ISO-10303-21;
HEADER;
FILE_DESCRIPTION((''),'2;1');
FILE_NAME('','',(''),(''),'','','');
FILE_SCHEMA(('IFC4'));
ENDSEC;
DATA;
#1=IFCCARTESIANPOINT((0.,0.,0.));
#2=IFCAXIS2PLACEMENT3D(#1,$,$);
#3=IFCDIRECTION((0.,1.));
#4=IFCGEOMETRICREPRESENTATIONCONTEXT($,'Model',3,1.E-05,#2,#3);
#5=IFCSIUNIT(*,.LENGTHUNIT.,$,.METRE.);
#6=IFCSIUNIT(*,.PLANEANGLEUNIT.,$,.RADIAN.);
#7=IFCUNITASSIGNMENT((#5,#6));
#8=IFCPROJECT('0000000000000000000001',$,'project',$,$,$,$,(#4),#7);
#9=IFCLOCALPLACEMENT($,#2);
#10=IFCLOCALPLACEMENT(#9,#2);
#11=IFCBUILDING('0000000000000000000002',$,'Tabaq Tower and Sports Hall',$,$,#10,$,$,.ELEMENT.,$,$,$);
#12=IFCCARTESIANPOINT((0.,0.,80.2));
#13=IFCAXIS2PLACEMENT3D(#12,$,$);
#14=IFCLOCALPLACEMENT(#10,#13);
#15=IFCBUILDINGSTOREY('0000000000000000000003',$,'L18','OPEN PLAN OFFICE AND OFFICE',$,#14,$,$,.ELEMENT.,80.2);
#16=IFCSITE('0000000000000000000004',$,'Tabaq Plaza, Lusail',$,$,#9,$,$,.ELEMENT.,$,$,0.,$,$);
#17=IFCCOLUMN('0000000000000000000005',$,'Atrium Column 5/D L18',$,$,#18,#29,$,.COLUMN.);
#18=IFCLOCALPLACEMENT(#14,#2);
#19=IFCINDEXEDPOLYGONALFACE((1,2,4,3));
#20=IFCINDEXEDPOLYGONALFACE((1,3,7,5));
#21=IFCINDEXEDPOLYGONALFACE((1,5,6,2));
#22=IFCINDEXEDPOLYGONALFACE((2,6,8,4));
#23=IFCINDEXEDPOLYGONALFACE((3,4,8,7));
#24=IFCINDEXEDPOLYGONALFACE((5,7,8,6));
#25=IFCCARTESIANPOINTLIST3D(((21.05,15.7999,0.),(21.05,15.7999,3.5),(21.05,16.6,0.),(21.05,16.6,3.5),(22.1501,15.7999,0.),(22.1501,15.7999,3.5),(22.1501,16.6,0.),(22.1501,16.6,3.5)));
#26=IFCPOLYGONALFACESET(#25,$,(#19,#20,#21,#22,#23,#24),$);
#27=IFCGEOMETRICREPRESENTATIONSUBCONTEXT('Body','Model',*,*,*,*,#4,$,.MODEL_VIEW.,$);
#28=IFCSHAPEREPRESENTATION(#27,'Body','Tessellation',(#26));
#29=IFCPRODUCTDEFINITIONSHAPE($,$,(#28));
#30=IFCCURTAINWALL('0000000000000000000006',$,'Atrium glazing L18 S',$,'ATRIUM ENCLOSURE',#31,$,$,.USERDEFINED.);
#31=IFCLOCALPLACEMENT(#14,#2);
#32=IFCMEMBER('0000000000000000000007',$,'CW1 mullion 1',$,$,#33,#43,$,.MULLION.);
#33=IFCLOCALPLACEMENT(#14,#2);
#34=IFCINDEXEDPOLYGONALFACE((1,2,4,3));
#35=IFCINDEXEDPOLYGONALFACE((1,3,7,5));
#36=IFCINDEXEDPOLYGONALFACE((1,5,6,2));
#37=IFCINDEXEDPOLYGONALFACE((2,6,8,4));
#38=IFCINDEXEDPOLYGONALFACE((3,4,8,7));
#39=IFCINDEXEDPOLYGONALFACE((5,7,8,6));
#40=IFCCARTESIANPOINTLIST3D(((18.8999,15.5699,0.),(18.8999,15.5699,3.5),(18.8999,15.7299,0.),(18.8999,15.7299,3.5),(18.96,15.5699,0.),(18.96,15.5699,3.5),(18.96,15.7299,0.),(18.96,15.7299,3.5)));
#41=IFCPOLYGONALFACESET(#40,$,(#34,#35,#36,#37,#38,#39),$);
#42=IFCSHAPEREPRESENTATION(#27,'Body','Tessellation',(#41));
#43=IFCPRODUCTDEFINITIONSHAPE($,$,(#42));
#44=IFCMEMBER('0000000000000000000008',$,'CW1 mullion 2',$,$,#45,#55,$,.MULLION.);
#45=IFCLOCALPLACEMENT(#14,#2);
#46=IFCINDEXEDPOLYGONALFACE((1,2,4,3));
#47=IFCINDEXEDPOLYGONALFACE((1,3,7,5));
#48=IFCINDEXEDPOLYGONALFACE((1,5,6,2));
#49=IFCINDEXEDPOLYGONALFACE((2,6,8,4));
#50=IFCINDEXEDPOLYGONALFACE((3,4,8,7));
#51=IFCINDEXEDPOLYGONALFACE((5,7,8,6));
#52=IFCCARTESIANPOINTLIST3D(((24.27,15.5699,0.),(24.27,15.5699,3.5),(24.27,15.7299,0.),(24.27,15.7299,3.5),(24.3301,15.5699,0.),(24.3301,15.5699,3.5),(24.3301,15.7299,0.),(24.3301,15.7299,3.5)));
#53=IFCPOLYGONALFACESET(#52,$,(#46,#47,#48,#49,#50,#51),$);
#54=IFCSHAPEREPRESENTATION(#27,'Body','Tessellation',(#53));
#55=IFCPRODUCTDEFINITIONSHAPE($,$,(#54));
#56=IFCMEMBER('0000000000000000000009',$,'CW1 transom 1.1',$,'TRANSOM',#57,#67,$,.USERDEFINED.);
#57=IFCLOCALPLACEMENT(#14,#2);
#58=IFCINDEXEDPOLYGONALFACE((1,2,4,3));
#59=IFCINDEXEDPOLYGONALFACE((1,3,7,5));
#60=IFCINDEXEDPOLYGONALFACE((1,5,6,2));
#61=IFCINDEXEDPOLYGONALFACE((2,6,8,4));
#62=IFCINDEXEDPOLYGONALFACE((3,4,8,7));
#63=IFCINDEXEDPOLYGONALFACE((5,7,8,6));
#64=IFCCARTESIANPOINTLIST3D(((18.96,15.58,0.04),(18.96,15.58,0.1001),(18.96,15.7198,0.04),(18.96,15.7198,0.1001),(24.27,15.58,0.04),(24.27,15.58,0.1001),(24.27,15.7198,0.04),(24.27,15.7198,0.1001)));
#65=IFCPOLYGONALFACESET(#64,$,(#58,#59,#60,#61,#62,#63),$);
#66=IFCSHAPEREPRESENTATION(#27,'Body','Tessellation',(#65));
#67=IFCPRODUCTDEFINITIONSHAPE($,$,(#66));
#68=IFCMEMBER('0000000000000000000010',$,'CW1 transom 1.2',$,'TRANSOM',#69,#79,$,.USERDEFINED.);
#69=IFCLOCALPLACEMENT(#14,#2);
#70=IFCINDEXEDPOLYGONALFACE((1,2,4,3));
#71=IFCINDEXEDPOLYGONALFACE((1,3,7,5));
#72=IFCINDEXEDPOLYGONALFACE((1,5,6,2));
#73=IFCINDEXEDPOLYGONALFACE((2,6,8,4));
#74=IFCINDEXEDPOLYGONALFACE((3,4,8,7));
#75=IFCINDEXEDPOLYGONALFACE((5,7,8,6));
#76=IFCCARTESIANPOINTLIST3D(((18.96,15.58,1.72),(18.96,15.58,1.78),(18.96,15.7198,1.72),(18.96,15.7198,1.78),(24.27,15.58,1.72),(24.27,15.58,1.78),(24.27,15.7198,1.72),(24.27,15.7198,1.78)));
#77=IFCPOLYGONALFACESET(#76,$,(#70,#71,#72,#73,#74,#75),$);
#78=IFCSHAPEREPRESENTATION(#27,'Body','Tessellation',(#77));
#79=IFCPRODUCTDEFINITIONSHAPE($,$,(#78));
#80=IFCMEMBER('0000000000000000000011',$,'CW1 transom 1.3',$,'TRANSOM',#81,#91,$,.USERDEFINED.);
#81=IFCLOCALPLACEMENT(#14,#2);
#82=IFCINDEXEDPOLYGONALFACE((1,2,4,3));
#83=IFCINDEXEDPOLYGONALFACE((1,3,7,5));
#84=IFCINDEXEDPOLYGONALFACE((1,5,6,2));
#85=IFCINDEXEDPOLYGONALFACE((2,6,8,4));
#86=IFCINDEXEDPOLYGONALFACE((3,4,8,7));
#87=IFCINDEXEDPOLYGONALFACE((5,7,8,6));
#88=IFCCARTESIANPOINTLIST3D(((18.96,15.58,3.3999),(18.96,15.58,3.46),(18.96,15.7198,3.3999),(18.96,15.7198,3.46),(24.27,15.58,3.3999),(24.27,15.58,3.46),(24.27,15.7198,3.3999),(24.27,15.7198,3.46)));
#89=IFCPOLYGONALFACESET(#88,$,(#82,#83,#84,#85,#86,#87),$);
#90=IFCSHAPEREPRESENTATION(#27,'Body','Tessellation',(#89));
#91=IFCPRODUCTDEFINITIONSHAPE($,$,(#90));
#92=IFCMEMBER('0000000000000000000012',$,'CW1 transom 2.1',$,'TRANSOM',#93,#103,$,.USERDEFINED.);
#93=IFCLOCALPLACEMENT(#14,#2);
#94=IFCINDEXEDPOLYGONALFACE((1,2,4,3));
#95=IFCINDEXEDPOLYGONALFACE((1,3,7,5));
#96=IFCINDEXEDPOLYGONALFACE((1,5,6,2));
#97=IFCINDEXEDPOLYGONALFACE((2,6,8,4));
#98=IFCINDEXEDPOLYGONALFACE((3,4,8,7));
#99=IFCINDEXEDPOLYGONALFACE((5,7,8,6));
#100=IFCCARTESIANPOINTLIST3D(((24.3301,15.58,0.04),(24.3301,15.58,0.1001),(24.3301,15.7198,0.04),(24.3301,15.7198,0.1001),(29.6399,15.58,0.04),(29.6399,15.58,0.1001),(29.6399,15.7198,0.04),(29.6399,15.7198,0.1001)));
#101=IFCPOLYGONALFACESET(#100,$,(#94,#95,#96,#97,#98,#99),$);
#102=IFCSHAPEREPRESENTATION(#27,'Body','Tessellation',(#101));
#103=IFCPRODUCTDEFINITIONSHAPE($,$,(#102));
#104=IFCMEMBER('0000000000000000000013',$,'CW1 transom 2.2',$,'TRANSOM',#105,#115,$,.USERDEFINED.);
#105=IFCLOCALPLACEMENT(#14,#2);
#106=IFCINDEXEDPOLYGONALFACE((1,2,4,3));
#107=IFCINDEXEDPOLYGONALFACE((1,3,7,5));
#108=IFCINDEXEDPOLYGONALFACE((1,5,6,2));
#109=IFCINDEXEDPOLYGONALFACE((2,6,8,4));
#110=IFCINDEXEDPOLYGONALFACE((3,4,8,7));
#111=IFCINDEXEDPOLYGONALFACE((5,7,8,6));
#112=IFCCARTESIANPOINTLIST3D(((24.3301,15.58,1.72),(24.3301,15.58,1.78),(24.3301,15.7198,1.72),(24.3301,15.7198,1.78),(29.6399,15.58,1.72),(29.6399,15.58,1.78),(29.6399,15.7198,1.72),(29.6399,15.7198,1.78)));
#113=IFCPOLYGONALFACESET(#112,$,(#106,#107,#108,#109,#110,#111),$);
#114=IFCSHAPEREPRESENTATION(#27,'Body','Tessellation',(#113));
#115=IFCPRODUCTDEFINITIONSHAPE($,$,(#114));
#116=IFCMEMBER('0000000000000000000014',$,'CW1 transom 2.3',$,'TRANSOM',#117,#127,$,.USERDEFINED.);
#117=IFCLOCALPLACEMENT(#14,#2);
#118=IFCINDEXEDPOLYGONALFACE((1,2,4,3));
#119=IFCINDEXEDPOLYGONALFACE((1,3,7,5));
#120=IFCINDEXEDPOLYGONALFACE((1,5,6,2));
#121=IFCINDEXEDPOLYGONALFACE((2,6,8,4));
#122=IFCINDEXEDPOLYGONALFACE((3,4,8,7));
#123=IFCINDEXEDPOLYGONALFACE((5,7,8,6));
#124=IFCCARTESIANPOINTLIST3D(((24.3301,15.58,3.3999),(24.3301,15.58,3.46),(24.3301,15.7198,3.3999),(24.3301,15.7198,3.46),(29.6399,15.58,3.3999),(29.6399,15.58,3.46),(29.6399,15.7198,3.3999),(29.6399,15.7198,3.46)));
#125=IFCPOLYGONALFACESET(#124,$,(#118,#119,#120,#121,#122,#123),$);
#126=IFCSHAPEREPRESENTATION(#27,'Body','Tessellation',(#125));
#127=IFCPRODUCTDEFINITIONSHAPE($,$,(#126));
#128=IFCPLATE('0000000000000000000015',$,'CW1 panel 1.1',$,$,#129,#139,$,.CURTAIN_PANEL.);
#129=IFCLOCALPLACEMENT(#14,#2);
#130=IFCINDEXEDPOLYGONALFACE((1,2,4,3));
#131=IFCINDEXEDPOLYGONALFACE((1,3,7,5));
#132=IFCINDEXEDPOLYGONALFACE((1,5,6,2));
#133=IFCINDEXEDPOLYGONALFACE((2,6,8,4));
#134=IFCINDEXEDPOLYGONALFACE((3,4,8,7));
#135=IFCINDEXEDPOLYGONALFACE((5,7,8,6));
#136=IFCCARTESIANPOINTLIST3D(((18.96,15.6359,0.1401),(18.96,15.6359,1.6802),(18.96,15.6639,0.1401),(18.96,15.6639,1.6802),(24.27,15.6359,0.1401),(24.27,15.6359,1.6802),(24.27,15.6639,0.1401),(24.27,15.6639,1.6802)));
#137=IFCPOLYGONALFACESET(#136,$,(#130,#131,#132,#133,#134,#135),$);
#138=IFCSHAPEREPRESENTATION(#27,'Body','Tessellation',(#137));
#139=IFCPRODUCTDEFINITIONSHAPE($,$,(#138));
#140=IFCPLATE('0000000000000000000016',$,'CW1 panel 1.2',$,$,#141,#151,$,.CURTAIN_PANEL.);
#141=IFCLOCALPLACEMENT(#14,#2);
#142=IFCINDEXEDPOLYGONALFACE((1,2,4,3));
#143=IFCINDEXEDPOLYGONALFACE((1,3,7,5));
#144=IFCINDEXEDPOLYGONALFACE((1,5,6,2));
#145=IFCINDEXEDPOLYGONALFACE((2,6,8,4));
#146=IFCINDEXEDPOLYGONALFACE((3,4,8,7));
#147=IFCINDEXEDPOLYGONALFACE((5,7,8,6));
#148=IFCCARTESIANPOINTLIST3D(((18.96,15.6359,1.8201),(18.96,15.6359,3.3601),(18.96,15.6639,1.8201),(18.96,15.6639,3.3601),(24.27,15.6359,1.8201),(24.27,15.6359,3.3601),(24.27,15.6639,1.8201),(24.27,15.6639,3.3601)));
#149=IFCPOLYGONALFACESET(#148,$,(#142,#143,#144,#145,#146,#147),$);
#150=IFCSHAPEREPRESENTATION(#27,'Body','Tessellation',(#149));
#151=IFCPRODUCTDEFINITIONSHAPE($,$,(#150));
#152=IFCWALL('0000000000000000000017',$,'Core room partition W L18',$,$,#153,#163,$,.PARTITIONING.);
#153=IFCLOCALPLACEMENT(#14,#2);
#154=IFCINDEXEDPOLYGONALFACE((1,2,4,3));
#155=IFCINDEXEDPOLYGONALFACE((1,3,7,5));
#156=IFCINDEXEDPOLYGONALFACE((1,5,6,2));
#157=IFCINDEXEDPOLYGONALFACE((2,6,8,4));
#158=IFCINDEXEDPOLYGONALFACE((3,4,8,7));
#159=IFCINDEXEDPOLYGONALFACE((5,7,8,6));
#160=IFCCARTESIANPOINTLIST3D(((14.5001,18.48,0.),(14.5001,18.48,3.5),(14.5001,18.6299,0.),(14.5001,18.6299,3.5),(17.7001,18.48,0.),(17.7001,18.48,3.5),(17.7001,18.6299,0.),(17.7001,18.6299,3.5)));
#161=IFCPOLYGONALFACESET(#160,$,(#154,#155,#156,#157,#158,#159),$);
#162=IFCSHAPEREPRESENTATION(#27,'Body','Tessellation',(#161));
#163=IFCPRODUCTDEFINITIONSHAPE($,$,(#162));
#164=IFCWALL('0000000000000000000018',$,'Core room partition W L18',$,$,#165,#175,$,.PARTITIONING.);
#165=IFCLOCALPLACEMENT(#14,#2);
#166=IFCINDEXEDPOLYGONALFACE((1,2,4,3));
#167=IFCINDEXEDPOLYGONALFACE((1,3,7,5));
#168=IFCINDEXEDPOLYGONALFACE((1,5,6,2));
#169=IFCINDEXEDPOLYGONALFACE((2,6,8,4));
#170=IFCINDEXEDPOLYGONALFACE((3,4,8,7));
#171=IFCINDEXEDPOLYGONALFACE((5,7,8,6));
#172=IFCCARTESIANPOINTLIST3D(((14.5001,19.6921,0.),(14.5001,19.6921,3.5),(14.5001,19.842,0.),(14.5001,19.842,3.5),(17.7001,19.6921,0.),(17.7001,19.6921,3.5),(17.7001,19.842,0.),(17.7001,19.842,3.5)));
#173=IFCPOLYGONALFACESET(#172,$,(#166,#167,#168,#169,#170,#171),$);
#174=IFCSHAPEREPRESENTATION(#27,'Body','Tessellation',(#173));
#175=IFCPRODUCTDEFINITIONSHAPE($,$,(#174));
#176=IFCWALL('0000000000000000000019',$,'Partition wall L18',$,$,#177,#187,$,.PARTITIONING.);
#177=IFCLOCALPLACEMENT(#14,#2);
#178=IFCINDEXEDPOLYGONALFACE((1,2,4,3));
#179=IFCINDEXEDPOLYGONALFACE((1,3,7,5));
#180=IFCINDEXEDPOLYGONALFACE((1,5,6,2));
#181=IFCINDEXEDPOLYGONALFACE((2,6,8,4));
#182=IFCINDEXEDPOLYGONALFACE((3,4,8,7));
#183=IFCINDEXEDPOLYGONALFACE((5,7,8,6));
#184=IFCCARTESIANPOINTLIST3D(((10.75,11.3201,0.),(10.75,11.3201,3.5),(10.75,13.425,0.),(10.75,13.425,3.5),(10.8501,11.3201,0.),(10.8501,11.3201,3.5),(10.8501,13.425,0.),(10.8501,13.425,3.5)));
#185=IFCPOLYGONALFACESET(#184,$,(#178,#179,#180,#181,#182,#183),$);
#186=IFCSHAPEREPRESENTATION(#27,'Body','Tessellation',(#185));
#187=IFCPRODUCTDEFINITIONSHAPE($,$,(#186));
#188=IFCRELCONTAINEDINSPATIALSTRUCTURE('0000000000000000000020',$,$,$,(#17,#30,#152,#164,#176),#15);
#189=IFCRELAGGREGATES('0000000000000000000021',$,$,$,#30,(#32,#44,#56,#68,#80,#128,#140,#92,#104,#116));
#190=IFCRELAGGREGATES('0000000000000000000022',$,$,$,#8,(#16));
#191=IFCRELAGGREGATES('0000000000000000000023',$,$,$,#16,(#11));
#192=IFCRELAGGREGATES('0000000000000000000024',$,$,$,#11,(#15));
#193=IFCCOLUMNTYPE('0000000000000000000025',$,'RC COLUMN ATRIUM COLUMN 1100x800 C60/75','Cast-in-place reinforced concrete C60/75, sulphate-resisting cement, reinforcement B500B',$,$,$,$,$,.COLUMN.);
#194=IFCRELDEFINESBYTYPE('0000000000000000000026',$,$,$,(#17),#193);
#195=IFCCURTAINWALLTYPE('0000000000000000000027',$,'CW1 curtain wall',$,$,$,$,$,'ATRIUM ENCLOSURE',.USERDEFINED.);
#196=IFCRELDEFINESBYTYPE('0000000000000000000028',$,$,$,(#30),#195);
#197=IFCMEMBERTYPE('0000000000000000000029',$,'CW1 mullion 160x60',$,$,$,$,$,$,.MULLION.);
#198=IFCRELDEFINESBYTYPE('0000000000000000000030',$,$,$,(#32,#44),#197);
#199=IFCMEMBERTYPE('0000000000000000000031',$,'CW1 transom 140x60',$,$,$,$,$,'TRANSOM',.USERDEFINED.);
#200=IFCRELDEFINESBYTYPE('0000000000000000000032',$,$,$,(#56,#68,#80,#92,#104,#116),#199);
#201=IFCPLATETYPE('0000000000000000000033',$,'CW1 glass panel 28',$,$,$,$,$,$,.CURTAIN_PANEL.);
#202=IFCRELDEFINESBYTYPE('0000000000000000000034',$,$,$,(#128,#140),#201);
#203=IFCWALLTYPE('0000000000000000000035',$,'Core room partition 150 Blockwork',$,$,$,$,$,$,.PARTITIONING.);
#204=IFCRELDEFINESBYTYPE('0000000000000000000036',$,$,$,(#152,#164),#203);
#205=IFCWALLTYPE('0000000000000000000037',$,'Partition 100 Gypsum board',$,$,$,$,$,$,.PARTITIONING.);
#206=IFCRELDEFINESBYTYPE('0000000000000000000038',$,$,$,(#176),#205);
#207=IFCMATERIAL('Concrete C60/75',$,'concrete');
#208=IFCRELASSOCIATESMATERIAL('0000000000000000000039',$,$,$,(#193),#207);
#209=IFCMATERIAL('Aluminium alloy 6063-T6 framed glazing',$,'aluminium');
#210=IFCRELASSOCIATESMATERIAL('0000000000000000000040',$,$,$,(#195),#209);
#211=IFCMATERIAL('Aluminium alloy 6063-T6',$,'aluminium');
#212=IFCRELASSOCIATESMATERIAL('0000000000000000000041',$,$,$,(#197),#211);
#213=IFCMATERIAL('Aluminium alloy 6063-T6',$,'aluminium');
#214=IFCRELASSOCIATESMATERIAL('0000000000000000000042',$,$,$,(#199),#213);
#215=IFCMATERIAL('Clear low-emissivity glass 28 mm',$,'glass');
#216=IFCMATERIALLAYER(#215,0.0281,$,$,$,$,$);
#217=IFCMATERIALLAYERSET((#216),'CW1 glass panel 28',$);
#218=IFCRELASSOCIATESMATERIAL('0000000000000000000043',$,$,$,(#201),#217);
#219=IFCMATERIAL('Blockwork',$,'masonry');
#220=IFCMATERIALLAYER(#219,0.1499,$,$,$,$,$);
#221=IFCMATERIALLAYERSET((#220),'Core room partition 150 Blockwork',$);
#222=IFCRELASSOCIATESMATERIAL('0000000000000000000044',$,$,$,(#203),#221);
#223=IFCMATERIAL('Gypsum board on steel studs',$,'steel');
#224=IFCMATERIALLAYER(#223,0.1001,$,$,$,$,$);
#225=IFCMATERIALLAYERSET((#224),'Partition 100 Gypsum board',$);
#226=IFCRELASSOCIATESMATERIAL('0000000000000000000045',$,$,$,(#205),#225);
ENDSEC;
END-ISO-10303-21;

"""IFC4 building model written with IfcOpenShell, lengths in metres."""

from ifc_helpers import new_model, si_unit, direction, frame, frame_2d, origin, origin_2d, place, context, subcontext, project, spatial, rectangle, extrude, material, layer, layer_set, material_profile, profile_set, type_object, element, aggregate, save


model = new_model("IFC4")

# Units and contexts
model_context = context("Model", 3, precision=1e-05, world=origin(), true_north=direction((0.0, 1.0)))
body_context = subcontext(model_context, "Body", "Model", "MODEL_VIEW")
ifc_project = project(units=[si_unit("LENGTHUNIT", "METRE"), si_unit("PLANEANGLEUNIT", "RADIAN")], contexts=[model_context])

# Site, building, storey
site_placement = place(None, origin())
site = spatial("IfcSite", under=ifc_project, at=site_placement, Name="Tabaq Plaza, Lusail", CompositionType="ELEMENT", RefElevation=0.0)
building_placement = place(site_placement, origin())
building = spatial("IfcBuilding", under=site, at=building_placement, Name="Tabaq Tower and Sports Hall", CompositionType="ELEMENT")
storey_placement = place(building_placement, frame((0.0, 0.0, 80.2)))
storey = spatial("IfcBuildingStorey", under=building, at=storey_placement, Name="L18", Description="OPEN PLAN OFFICE AND OFFICE", CompositionType="ELEMENT", Elevation=80.2)

# Column
ifc_material_1 = material(Name="Concrete C60/75", Category="concrete")
ifc_material_profile_1 = material_profile(ifc_material_1, rectangle(XDim=1.1001, YDim=0.8, at=origin_2d()), Name="ATRIUM COLUMN 1100x800")
ifc_profile_set_1 = profile_set([ifc_material_profile_1], Name="Concrete C60/75")
column_type = type_object("IfcColumnType", Name="RC COLUMN ATRIUM COLUMN 1100x800 C60/75", Description="Cast-in-place reinforced concrete C60/75, sulphate-resisting cement, reinforcement B500B", PredefinedType="COLUMN", material=ifc_profile_set_1)
column_placement = place(storey_placement, frame((21.6001, 16.2, 0.0), z_axis=(0.0, 0.0, 1.0), x_axis=(1.0, 0.0, 0.0)))
element("IfcColumn", 1, at=column_placement, inside=storey, type_object=column_type, Name="Atrium Column 5/D L18", PredefinedType="COLUMN", context=body_context, shape_type="SweptSolid", body=[
    extrude(rectangle(XDim=1.1001, YDim=0.8, at=origin_2d()), origin(), (0.0, 0.0, 1.0), 3.5),
])

# Curtain wall, members, plates
ifc_material_2 = material(Name="Aluminium alloy 6063-T6 framed glazing", Category="aluminium")
curtain_wall_type = type_object("IfcCurtainWallType", Name="CW1 curtain wall", ElementType="ATRIUM ENCLOSURE", PredefinedType="USERDEFINED", material=ifc_material_2)
curtain_wall_placement = place(storey_placement, origin())
curtain_wall = element("IfcCurtainWall", 2, at=curtain_wall_placement, inside=storey, type_object=curtain_wall_type, Name="Atrium glazing L18 S", ObjectType="ATRIUM ENCLOSURE", PredefinedType="USERDEFINED")
ifc_material_3 = material(Name="Aluminium alloy 6063-T6", Category="aluminium")
ifc_material_profile_2 = material_profile(ifc_material_3, rectangle(XDim=0.1599, YDim=0.0601, at=origin_2d()), Name="MULLION 160x60")
ifc_profile_set_2 = profile_set([ifc_material_profile_2], Name="Aluminium alloy 6063-T6")
member_type_1 = type_object("IfcMemberType", Name="CW1 mullion 160x60", PredefinedType="MULLION", material=ifc_profile_set_2)
member_1_placement = place(storey_placement, frame((18.9299, 15.6499, 0.0), z_axis=(0.0, 0.0, 1.0), x_axis=(0.0, 1.0, 0.0)))
member_1 = element("IfcMember", 3, at=member_1_placement, type_object=member_type_1, Name="CW1 mullion 1", PredefinedType="MULLION", context=body_context, shape_type="SweptSolid", body=[
    extrude(rectangle(XDim=0.1599, YDim=0.0601, at=origin_2d()), origin(), (0.0, 0.0, 1.0), 3.5),
])
member_2_placement = place(storey_placement, frame((24.3, 15.6499, 0.0), z_axis=(0.0, 0.0, 1.0), x_axis=(0.0, 1.0, 0.0)))
member_2 = element("IfcMember", 4, at=member_2_placement, type_object=member_type_1, Name="CW1 mullion 2", PredefinedType="MULLION", context=body_context, shape_type="SweptSolid", body=[
    extrude(rectangle(XDim=0.1599, YDim=0.0601, at=origin_2d()), origin(), (0.0, 0.0, 1.0), 3.5),
])
ifc_material_4 = material(Name="Aluminium alloy 6063-T6", Category="aluminium")
ifc_material_profile_3 = material_profile(ifc_material_4, rectangle(XDim=0.1399, YDim=0.0601, at=origin_2d()), Name="TRANSOM 140x60")
ifc_profile_set_3 = profile_set([ifc_material_profile_3], Name="Aluminium alloy 6063-T6")
member_type_2 = type_object("IfcMemberType", Name="CW1 transom 140x60", ElementType="TRANSOM", PredefinedType="USERDEFINED", material=ifc_profile_set_3)
member_3_placement = place(storey_placement, frame((18.96, 15.6499, 0.0701), z_axis=(1.0, 0.0, 0.0), x_axis=(0.0, 1.0, 0.0)))
member_3 = element("IfcMember", 5, at=member_3_placement, type_object=member_type_2, Name="CW1 transom 1.1", ObjectType="TRANSOM", PredefinedType="USERDEFINED", context=body_context, shape_type="SweptSolid", body=[
    extrude(rectangle(XDim=0.1399, YDim=0.0601, at=origin_2d()), origin(), (0.0, 0.0, 1.0), 5.3101),
])
member_4_placement = place(storey_placement, frame((18.96, 15.6499, 1.75), z_axis=(1.0, 0.0, 0.0), x_axis=(0.0, 1.0, 0.0)))
member_4 = element("IfcMember", 6, at=member_4_placement, type_object=member_type_2, Name="CW1 transom 1.2", ObjectType="TRANSOM", PredefinedType="USERDEFINED", context=body_context, shape_type="SweptSolid", body=[
    extrude(rectangle(XDim=0.1399, YDim=0.0601, at=origin_2d()), origin(), (0.0, 0.0, 1.0), 5.3101),
])
member_5_placement = place(storey_placement, frame((18.96, 15.6499, 3.4299), z_axis=(1.0, 0.0, 0.0), x_axis=(0.0, 1.0, 0.0)))
member_5 = element("IfcMember", 7, at=member_5_placement, type_object=member_type_2, Name="CW1 transom 1.3", ObjectType="TRANSOM", PredefinedType="USERDEFINED", context=body_context, shape_type="SweptSolid", body=[
    extrude(rectangle(XDim=0.1399, YDim=0.0601, at=origin_2d()), origin(), (0.0, 0.0, 1.0), 5.3101),
])
member_6_placement = place(storey_placement, frame((24.3301, 15.6499, 0.0701), z_axis=(1.0, 0.0, 0.0), x_axis=(0.0, 1.0, 0.0)))
member_6 = element("IfcMember", 8, at=member_6_placement, type_object=member_type_2, Name="CW1 transom 2.1", ObjectType="TRANSOM", PredefinedType="USERDEFINED", context=body_context, shape_type="SweptSolid", body=[
    extrude(rectangle(XDim=0.1399, YDim=0.0601, at=origin_2d()), origin(), (0.0, 0.0, 1.0), 5.3098),
])
member_7_placement = place(storey_placement, frame((24.3301, 15.6499, 1.75), z_axis=(1.0, 0.0, 0.0), x_axis=(0.0, 1.0, 0.0)))
member_7 = element("IfcMember", 9, at=member_7_placement, type_object=member_type_2, Name="CW1 transom 2.2", ObjectType="TRANSOM", PredefinedType="USERDEFINED", context=body_context, shape_type="SweptSolid", body=[
    extrude(rectangle(XDim=0.1399, YDim=0.0601, at=origin_2d()), origin(), (0.0, 0.0, 1.0), 5.3098),
])
member_8_placement = place(storey_placement, frame((24.3301, 15.6499, 3.4299), z_axis=(1.0, 0.0, 0.0), x_axis=(0.0, 1.0, 0.0)))
member_8 = element("IfcMember", 10, at=member_8_placement, type_object=member_type_2, Name="CW1 transom 2.3", ObjectType="TRANSOM", PredefinedType="USERDEFINED", context=body_context, shape_type="SweptSolid", body=[
    extrude(rectangle(XDim=0.1399, YDim=0.0601, at=origin_2d()), origin(), (0.0, 0.0, 1.0), 5.3098),
])
ifc_material_5 = material(Name="Clear low-emissivity glass 28 mm", Category="glass")
ifc_layer_1 = layer(ifc_material_5, 0.0281)
ifc_layer_set_1 = layer_set([ifc_layer_1], Name="CW1 glass panel 28")
plate_type = type_object("IfcPlateType", Name="CW1 glass panel 28", PredefinedType="CURTAIN_PANEL", material=ifc_layer_set_1)
plate_1_placement = place(storey_placement, frame((21.615, 15.6499, 0.1401), z_axis=(0.0, 0.0, 1.0), x_axis=(1.0, 0.0, 0.0)))
plate_1 = element("IfcPlate", 11, at=plate_1_placement, type_object=plate_type, Name="CW1 panel 1.1", PredefinedType="CURTAIN_PANEL", context=body_context, shape_type="SweptSolid", body=[
    extrude(rectangle(XDim=5.3101, YDim=0.0281, at=origin_2d()), origin(), (0.0, 0.0, 1.0), 1.54),
])
plate_2_placement = place(storey_placement, frame((21.615, 15.6499, 1.8201), z_axis=(0.0, 0.0, 1.0), x_axis=(1.0, 0.0, 0.0)))
plate_2 = element("IfcPlate", 12, at=plate_2_placement, type_object=plate_type, Name="CW1 panel 1.2", PredefinedType="CURTAIN_PANEL", context=body_context, shape_type="SweptSolid", body=[
    extrude(rectangle(XDim=5.3101, YDim=0.0281, at=origin_2d()), origin(), (0.0, 0.0, 1.0), 1.54),
])
aggregate(curtain_wall, [member_1, member_2, member_3, member_4, member_5, plate_1, plate_2, member_6, member_7, member_8])

# Walls
ifc_material_6 = material(Name="Blockwork", Category="masonry")
ifc_layer_2 = layer(ifc_material_6, 0.1499)
ifc_layer_set_2 = layer_set([ifc_layer_2], Name="Core room partition 150 Blockwork")
wall_type_1 = type_object("IfcWallType", Name="Core room partition 150 Blockwork", PredefinedType="PARTITIONING", material=ifc_layer_set_2)
for number, where, z_axis, x_axis, name in (
    (13, (14.5, 18.5549, 0.0), (0.0, 0.0, 1.0), (1.0, 0.0, 0.0), "Core room partition W L18"),
    (14, (14.5, 19.7671, 0.0), (0.0, 0.0, 1.0), (1.0, 0.0, 0.0), "Core room partition W L18"),
):
    element("IfcWall", number, at=place(storey_placement, frame(where, z_axis=z_axis, x_axis=x_axis)), inside=storey, type_object=wall_type_1, Name=name, PredefinedType="PARTITIONING", context=body_context, shape_type="SweptSolid", body=[
        extrude(rectangle(XDim=3.2, YDim=0.1499, at=frame_2d((1.6001, 0.0))), origin(), (0.0, 0.0, 1.0), 3.5),
    ])

# Wall
ifc_material_7 = material(Name="Gypsum board on steel studs", Category="steel")
ifc_layer_3 = layer(ifc_material_7, 0.1001)
ifc_layer_set_3 = layer_set([ifc_layer_3], Name="Partition 100 Gypsum board")
wall_type_2 = type_object("IfcWallType", Name="Partition 100 Gypsum board", PredefinedType="PARTITIONING", material=ifc_layer_set_3)
for number, where, z_axis, x_axis, name in (
    (15, (10.8, 11.3201, 0.0), (0.0, 0.0, 1.0), (0.0, 1.0, 0.0), "Partition wall L18"),
):
    element("IfcWall", number, at=place(storey_placement, frame(where, z_axis=z_axis, x_axis=x_axis)), inside=storey, type_object=wall_type_2, Name=name, PredefinedType="PARTITIONING", context=body_context, shape_type="SweptSolid", body=[
        extrude(rectangle(XDim=2.105, YDim=0.1001, at=frame_2d((1.0525, 0.0))), origin(), (0.0, 0.0, 1.0), 3.5),
    ])

save(model, "model.ifc")
